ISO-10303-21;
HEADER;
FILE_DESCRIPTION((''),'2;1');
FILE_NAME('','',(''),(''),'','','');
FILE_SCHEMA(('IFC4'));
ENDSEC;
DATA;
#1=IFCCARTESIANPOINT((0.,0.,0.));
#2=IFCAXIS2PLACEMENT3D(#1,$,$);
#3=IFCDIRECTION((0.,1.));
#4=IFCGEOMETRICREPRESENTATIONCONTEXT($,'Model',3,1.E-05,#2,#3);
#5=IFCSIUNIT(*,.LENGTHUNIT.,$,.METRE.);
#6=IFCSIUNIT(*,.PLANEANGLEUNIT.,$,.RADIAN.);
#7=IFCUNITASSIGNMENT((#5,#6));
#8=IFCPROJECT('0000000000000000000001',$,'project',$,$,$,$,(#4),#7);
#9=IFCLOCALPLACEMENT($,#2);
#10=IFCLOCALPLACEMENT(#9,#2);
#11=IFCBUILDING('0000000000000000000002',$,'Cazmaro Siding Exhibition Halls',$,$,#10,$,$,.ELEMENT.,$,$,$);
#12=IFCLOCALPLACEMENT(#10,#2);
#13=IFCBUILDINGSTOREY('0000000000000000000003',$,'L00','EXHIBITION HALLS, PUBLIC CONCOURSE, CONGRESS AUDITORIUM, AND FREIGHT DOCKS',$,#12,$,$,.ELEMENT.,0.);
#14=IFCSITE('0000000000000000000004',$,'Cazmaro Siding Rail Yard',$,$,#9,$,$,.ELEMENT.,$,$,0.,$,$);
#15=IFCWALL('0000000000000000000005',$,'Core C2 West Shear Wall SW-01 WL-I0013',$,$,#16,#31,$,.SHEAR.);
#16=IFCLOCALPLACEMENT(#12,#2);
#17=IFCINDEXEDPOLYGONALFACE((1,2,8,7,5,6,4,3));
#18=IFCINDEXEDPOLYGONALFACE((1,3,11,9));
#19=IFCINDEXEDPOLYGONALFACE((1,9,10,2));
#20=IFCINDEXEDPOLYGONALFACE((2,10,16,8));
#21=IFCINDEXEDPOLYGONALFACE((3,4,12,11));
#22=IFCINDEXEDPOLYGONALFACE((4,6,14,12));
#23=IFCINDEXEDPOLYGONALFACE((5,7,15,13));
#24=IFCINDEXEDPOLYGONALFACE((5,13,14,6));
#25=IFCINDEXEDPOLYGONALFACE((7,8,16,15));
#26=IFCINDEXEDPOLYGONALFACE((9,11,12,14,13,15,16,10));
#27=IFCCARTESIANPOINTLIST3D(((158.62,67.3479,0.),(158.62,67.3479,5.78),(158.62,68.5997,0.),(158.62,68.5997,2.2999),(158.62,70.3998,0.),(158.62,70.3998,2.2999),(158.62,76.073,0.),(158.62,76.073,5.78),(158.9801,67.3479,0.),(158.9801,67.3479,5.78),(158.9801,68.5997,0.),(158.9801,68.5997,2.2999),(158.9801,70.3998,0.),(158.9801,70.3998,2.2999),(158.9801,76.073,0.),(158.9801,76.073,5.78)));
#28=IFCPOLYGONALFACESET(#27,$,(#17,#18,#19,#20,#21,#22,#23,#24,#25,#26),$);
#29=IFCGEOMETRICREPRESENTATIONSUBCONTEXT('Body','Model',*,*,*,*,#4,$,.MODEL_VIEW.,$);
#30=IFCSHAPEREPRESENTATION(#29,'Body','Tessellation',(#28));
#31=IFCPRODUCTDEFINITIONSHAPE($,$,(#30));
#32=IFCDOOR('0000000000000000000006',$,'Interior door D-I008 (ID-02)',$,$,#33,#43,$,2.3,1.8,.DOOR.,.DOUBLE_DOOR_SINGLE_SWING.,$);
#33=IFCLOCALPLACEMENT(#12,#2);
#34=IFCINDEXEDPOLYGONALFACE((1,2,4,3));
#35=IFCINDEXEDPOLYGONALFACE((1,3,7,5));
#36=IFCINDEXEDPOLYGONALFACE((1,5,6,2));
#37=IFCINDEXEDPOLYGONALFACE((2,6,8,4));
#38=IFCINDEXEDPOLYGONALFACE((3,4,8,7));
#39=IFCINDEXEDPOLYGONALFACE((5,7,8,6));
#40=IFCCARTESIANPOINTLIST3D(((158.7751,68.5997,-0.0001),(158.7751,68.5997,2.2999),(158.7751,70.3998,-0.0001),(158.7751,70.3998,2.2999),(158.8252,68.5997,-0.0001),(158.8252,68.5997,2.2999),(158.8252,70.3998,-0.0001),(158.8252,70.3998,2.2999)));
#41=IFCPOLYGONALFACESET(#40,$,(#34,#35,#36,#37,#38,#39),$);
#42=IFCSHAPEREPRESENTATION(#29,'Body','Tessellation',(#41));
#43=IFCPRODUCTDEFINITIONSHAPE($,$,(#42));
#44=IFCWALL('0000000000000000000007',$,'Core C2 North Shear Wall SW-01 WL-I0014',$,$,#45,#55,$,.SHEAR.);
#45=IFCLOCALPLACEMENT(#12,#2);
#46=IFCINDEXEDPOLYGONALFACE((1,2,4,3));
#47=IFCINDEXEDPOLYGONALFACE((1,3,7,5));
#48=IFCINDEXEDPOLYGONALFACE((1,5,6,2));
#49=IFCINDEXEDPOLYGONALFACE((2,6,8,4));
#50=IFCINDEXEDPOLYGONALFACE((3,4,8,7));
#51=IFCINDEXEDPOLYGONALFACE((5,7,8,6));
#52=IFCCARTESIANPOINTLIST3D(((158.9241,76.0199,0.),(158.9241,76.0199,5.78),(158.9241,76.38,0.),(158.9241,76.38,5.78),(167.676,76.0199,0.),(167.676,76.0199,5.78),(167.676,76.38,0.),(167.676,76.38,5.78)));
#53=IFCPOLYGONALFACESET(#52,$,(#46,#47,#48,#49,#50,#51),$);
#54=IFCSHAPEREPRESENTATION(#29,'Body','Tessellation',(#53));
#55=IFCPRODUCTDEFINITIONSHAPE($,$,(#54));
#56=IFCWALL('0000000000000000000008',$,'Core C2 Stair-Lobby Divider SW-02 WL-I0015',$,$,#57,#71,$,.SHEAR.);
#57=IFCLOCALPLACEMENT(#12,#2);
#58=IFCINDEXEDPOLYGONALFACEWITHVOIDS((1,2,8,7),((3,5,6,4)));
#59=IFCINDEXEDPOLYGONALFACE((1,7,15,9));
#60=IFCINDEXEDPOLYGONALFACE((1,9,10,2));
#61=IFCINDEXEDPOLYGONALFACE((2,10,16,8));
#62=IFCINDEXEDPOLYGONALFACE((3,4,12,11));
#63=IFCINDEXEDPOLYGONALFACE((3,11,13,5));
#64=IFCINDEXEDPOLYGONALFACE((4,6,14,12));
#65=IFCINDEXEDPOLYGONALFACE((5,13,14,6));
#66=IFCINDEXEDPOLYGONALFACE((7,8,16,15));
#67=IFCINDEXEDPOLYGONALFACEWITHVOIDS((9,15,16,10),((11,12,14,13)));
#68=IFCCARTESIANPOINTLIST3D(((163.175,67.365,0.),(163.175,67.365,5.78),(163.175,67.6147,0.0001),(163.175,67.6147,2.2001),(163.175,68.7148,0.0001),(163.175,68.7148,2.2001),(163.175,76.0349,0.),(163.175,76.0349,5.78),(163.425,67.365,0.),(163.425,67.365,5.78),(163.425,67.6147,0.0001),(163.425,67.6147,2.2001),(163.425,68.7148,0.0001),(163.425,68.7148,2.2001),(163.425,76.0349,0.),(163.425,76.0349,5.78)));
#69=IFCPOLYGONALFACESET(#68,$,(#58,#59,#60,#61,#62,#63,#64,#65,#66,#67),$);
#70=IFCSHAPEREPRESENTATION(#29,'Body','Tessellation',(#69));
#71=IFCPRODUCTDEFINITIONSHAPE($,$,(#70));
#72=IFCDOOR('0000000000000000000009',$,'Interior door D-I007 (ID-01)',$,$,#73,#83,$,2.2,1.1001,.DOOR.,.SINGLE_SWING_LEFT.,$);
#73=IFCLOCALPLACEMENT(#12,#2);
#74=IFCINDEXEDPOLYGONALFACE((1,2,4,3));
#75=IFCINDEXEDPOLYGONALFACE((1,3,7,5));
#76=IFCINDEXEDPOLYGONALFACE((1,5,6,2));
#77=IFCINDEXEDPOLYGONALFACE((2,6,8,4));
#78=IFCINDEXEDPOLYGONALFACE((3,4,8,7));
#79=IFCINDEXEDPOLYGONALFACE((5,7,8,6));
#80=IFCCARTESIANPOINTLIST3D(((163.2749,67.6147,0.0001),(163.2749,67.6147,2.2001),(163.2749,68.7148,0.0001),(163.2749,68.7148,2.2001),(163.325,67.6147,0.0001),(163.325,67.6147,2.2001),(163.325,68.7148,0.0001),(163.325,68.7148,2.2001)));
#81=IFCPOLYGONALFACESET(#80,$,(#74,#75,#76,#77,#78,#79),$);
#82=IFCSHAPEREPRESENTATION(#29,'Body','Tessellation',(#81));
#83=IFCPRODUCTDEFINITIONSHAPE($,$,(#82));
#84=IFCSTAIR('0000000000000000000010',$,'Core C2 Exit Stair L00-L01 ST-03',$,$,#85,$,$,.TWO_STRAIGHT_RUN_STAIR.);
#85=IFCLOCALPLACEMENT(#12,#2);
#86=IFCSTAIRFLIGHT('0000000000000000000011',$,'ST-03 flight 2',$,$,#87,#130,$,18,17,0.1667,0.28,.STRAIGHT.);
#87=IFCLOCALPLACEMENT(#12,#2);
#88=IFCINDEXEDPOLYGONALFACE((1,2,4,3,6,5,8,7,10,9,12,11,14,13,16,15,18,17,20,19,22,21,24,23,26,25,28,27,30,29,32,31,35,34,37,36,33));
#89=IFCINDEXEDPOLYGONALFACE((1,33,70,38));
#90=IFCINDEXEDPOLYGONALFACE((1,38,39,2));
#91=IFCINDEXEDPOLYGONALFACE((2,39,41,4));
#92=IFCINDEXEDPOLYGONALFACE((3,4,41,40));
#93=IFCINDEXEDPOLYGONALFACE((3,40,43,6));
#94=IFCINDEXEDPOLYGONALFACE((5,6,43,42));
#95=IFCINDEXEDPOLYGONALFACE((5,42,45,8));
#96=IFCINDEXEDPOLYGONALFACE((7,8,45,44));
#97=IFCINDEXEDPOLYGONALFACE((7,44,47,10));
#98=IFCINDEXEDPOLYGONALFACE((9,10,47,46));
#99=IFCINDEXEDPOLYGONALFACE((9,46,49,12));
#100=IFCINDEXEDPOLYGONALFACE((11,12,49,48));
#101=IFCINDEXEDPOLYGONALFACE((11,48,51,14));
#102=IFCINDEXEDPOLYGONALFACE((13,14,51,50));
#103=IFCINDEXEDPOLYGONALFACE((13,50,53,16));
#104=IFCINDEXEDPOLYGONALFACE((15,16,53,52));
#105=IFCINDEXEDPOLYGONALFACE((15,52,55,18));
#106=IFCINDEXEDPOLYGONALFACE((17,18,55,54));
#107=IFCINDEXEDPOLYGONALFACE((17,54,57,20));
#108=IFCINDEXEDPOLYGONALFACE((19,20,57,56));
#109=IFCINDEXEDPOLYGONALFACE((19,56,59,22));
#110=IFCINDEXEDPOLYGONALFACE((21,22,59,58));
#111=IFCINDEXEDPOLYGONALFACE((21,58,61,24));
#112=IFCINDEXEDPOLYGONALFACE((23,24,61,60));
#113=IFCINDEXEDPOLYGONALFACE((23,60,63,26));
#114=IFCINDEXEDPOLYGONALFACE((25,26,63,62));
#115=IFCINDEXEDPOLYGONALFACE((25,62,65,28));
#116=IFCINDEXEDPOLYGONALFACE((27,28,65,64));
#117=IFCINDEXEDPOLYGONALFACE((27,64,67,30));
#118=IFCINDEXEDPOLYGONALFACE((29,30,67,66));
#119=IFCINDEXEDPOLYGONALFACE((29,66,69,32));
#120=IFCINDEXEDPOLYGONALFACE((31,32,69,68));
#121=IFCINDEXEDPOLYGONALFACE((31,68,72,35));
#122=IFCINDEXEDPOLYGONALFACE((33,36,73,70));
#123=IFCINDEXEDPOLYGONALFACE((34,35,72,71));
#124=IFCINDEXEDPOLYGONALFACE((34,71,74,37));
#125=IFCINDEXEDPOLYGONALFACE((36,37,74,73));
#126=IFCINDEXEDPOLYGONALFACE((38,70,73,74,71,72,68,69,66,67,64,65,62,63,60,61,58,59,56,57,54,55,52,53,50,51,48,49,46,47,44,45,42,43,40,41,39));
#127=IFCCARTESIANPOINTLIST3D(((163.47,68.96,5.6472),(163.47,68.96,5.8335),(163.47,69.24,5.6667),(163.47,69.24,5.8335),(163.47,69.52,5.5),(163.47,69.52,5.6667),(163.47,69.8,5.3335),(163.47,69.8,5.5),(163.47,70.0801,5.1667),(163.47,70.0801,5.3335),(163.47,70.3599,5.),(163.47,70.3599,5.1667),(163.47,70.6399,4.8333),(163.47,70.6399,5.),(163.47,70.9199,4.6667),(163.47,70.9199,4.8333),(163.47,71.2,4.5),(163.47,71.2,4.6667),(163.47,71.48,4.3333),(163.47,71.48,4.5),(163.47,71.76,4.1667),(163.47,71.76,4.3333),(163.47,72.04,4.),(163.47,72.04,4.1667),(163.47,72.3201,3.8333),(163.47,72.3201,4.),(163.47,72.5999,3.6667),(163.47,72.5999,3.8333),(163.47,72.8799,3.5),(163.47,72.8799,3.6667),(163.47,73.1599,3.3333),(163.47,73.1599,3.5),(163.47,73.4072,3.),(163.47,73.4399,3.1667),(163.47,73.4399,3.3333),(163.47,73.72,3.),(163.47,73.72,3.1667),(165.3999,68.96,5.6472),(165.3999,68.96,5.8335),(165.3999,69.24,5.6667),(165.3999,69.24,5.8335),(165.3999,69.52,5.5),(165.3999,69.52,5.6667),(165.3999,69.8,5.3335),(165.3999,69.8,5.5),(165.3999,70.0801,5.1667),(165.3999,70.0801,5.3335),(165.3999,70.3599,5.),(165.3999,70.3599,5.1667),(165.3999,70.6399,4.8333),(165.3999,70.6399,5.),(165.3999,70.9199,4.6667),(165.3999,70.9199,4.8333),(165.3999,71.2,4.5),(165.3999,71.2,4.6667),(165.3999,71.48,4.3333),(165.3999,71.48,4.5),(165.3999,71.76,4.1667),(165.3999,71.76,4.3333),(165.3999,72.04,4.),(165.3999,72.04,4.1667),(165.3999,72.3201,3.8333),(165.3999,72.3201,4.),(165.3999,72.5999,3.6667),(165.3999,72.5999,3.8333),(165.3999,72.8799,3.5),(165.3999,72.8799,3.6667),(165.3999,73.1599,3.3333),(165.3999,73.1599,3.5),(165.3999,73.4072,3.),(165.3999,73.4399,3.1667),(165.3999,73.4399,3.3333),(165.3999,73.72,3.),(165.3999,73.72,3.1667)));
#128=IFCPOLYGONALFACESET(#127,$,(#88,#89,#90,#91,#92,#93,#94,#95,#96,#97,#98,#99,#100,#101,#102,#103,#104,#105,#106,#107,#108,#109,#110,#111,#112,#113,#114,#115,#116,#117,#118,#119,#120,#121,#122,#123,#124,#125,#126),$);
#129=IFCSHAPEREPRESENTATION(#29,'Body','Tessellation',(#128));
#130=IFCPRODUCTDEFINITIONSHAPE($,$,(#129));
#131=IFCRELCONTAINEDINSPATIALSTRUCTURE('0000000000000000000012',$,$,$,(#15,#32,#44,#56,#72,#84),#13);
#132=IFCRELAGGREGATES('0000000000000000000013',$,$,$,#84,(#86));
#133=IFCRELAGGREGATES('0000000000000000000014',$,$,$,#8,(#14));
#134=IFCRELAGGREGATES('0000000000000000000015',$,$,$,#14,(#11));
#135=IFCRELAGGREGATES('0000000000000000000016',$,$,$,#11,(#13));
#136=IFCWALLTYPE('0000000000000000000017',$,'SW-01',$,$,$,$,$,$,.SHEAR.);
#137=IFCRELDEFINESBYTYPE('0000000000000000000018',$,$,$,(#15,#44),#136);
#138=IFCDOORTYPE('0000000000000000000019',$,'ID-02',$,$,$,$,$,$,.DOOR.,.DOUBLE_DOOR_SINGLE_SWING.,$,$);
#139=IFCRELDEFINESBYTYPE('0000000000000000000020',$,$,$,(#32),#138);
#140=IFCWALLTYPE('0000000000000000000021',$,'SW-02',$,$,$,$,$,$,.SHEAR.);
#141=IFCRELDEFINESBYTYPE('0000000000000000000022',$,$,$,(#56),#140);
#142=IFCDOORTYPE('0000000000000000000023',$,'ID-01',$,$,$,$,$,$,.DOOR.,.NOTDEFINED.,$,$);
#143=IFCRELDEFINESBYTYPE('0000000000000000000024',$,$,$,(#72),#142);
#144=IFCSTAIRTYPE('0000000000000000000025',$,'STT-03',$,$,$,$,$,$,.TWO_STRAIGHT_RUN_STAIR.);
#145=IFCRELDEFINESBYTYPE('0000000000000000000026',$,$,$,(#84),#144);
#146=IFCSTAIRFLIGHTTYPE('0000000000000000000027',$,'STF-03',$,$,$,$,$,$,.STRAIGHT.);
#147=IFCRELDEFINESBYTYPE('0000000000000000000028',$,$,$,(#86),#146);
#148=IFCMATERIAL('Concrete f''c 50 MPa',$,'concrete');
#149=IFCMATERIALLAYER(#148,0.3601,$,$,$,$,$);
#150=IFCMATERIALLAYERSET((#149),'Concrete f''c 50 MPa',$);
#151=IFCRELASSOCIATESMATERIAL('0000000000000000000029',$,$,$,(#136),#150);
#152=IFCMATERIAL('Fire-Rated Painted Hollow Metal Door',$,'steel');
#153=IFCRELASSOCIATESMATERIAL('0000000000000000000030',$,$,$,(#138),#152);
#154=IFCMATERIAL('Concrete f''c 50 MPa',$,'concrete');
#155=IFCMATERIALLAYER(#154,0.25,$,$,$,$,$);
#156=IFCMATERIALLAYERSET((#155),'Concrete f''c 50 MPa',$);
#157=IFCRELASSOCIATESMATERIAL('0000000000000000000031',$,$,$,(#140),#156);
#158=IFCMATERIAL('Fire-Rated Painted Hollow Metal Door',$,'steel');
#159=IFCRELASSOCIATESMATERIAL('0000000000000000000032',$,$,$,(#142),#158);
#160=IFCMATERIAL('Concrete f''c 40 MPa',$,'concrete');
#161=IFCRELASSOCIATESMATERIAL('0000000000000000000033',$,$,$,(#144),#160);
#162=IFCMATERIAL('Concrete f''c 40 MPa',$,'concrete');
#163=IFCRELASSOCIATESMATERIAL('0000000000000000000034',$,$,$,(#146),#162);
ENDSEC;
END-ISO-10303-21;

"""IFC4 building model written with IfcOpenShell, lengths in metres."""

from ifc_helpers import new_model, si_unit, direction, frame, frame_2d, origin, place, context, subcontext, project, spatial, polyline, rectangle, outline, extrude, material, layer, layer_set, type_object, element, fill, aggregate, save


model = new_model("IFC4")

# Units and contexts
model_context = context("Model", 3, precision=1e-05, world=origin(), true_north=direction((0.0, 1.0)))
body_context = subcontext(model_context, "Body", "Model", "MODEL_VIEW")
ifc_project = project(units=[si_unit("LENGTHUNIT", "METRE"), si_unit("PLANEANGLEUNIT", "RADIAN")], contexts=[model_context])

# Site, building, storey
site_placement = place(None, origin())
site = spatial("IfcSite", under=ifc_project, at=site_placement, Name="Cazmaro Siding Rail Yard", CompositionType="ELEMENT", RefElevation=0.0)
building_placement = place(site_placement, origin())
building = spatial("IfcBuilding", under=site, at=building_placement, Name="Cazmaro Siding Exhibition Halls", CompositionType="ELEMENT")
storey_placement = place(building_placement, origin())
storey = spatial("IfcBuildingStorey", under=building, at=storey_placement, Name="L00", Description="EXHIBITION HALLS, PUBLIC CONCOURSE, CONGRESS AUDITORIUM, AND FREIGHT DOCKS", CompositionType="ELEMENT", Elevation=0.0)

# Wall, opening, door
ifc_material_1 = material(Name="Concrete f'c 50 MPa", Category="concrete")
ifc_layer_1 = layer(ifc_material_1, 0.3601)
ifc_layer_set_1 = layer_set([ifc_layer_1], Name="Concrete f'c 50 MPa")
wall_type_1 = type_object("IfcWallType", Name="SW-01", PredefinedType="SHEAR", material=ifc_layer_set_1)
wall_1_placement = place(storey_placement, frame((158.8, 67.3479, 0.0), z_axis=(0.0, 0.0, 1.0), x_axis=(0.0, 1.0, 0.0)))
wall_1 = element("IfcWall", 1, at=wall_1_placement, inside=storey, type_object=wall_type_1, Name="Core C2 West Shear Wall SW-01 WL-I0013", PredefinedType="SHEAR", context=body_context, shape_type="SweptSolid", body=[
    extrude(rectangle(XDim=8.7251, YDim=0.3601, at=frame_2d((4.3625, 0.0))), origin(), (0.0, 0.0, 1.0), 5.78),
])
opening_1_placement = place(wall_1_placement, frame((1.252, 0.0, 0.0)))
opening_1 = element("IfcOpeningElement", 2, at=opening_1_placement, cuts=wall_1, PredefinedType="OPENING", context=body_context, shape_type="SweptSolid", body=[
    extrude(rectangle(XDim=1.8, YDim=2.3, at=frame_2d((0.8999, 1.1499))), frame((0.0, 0.1899, 0.0), z_axis=(0.0, -1.0, 0.0), x_axis=(1.0, 0.0, 0.0)), (0.0, 0.0, 1.0), 0.3801),
])
ifc_material_2 = material(Name="Fire-Rated Painted Hollow Metal Door", Category="steel")
door_type_1 = type_object("IfcDoorType", Name="ID-02", OperationType="DOUBLE_DOOR_SINGLE_SWING", PredefinedType="DOOR", material=ifc_material_2)
door_1_placement = place(opening_1_placement, origin())
door_1 = element("IfcDoor", 3, at=door_1_placement, inside=storey, type_object=door_type_1, Name="Interior door D-I008 (ID-02)", OperationType="DOUBLE_DOOR_SINGLE_SWING", OverallHeight=2.3, OverallWidth=1.8, PredefinedType="DOOR", context=body_context, shape_type="SweptSolid", body=[
    extrude(rectangle(XDim=1.8, YDim=2.3, at=frame_2d((0.8999, 1.1499))), frame((0.0, 0.0249, 0.0), z_axis=(0.0, -1.0, 0.0), x_axis=(1.0, 0.0, 0.0)), (0.0, 0.0, 1.0), 0.05),
])
fill(opening_1, door_1)

# Wall
wall_2_placement = place(storey_placement, frame((158.9241, 76.2, 0.0), z_axis=(0.0, 0.0, 1.0), x_axis=(1.0, 0.0, 0.0)))
element("IfcWall", 4, at=wall_2_placement, inside=storey, type_object=wall_type_1, Name="Core C2 North Shear Wall SW-01 WL-I0014", PredefinedType="SHEAR", context=body_context, shape_type="SweptSolid", body=[
    extrude(rectangle(XDim=8.752, YDim=0.3601, at=frame_2d((4.376, 0.0))), origin(), (0.0, 0.0, 1.0), 5.78),
])

# Wall, opening, door
ifc_material_3 = material(Name="Concrete f'c 50 MPa", Category="concrete")
ifc_layer_2 = layer(ifc_material_3, 0.25)
ifc_layer_set_2 = layer_set([ifc_layer_2], Name="Concrete f'c 50 MPa")
wall_type_2 = type_object("IfcWallType", Name="SW-02", PredefinedType="SHEAR", material=ifc_layer_set_2)
wall_3_placement = place(storey_placement, frame((163.3, 76.0349, 0.0), z_axis=(0.0, 0.0, 1.0), x_axis=(0.0, -1.0, 0.0)))
wall_3 = element("IfcWall", 5, at=wall_3_placement, inside=storey, type_object=wall_type_2, Name="Core C2 Stair-Lobby Divider SW-02 WL-I0015", PredefinedType="SHEAR", context=body_context, shape_type="SweptSolid", body=[
    extrude(rectangle(XDim=8.6699, YDim=0.25, at=frame_2d((4.335, 0.0))), origin(), (0.0, 0.0, 1.0), 5.78),
])
opening_2_placement = place(wall_3_placement, frame((7.3201, 0.0, 0.0)))
opening_2 = element("IfcOpeningElement", 6, at=opening_2_placement, cuts=wall_3, PredefinedType="OPENING", context=body_context, shape_type="SweptSolid", body=[
    extrude(rectangle(XDim=1.1001, YDim=2.2, at=frame_2d((0.55, 1.1001))), frame((0.0, 0.135, 0.0), z_axis=(0.0, -1.0, 0.0), x_axis=(1.0, 0.0, 0.0)), (0.0, 0.0, 1.0), 0.27),
])
ifc_material_4 = material(Name="Fire-Rated Painted Hollow Metal Door", Category="steel")
door_type_2 = type_object("IfcDoorType", Name="ID-01", OperationType="NOTDEFINED", PredefinedType="DOOR", material=ifc_material_4)
door_2_placement = place(opening_2_placement, origin())
door_2 = element("IfcDoor", 7, at=door_2_placement, inside=storey, type_object=door_type_2, Name="Interior door D-I007 (ID-01)", OperationType="SINGLE_SWING_LEFT", OverallHeight=2.2, OverallWidth=1.1001, PredefinedType="DOOR", context=body_context, shape_type="SweptSolid", body=[
    extrude(rectangle(XDim=1.1001, YDim=2.2, at=frame_2d((0.55, 1.1001))), frame((0.0, 0.0249, 0.0), z_axis=(0.0, -1.0, 0.0), x_axis=(1.0, 0.0, 0.0)), (0.0, 0.0, 1.0), 0.05),
])
fill(opening_2, door_2)

# Stair, stair flight
ifc_material_5 = material(Name="Concrete f'c 40 MPa", Category="concrete")
stair_type = type_object("IfcStairType", Name="STT-03", PredefinedType="TWO_STRAIGHT_RUN_STAIR", material=ifc_material_5)
stair_placement = place(storey_placement, origin())
stair = element("IfcStair", 8, at=stair_placement, inside=storey, type_object=stair_type, Name="Core C2 Exit Stair L00-L01 ST-03", PredefinedType="TWO_STRAIGHT_RUN_STAIR")
ifc_material_6 = material(Name="Concrete f'c 40 MPa", Category="concrete")
stair_flight_type = type_object("IfcStairFlightType", Name="STF-03", PredefinedType="STRAIGHT", material=ifc_material_6)
stair_flight_placement = place(storey_placement, frame((164.4351, 73.72, 3.0), z_axis=(0.0, 0.0, 1.0), x_axis=(0.0, -1.0, 0.0)))
stair_flight = element("IfcStairFlight", 9, at=stair_flight_placement, type_object=stair_flight_type, Name="ST-03 flight 2", NumberOfRisers=18, NumberOfTreads=17, PredefinedType="STRAIGHT", RiserHeight=0.1667, TreadLength=0.28, context=body_context, shape_type="SweptSolid", body=[
    extrude(outline(polyline([(0.0, 0.0), (0.0, 0.1667), (0.28, 0.1667), (0.28, 0.3333), (0.5601, 0.3333), (0.5601, 0.5), (0.8401, 0.5), (0.8401, 0.6667), (1.1201, 0.6667), (1.1201, 0.8333), (1.3999, 0.8333), (1.3999, 1.0), (1.6799, 1.0), (1.6799, 1.1667), (1.96, 1.1667), (1.96, 1.3333), (2.24, 1.3333), (2.24, 1.5), (2.52, 1.5), (2.52, 1.6667), (2.8, 1.6667), (2.8, 1.8333), (3.0801, 1.8333), (3.0801, 2.0), (3.3601, 2.0), (3.3601, 2.1667), (3.6399, 2.1667), (3.6399, 2.3335), (3.9199, 2.3335), (3.9199, 2.5), (4.2, 2.5), (4.2, 2.6667), (4.48, 2.6667), (4.48, 2.8335), (4.76, 2.8335), (4.76, 3.0), (4.76, 2.6472), (0.3127, 0.0), (0.0, 0.0)])), frame((0.0, 0.9648, 0.0), z_axis=(0.0, -1.0, 0.0), x_axis=(1.0, 0.0, 0.0)), (0.0, 0.0, 1.0), 1.9299),
])
aggregate(stair, [stair_flight])

save(model, "model.ifc")
